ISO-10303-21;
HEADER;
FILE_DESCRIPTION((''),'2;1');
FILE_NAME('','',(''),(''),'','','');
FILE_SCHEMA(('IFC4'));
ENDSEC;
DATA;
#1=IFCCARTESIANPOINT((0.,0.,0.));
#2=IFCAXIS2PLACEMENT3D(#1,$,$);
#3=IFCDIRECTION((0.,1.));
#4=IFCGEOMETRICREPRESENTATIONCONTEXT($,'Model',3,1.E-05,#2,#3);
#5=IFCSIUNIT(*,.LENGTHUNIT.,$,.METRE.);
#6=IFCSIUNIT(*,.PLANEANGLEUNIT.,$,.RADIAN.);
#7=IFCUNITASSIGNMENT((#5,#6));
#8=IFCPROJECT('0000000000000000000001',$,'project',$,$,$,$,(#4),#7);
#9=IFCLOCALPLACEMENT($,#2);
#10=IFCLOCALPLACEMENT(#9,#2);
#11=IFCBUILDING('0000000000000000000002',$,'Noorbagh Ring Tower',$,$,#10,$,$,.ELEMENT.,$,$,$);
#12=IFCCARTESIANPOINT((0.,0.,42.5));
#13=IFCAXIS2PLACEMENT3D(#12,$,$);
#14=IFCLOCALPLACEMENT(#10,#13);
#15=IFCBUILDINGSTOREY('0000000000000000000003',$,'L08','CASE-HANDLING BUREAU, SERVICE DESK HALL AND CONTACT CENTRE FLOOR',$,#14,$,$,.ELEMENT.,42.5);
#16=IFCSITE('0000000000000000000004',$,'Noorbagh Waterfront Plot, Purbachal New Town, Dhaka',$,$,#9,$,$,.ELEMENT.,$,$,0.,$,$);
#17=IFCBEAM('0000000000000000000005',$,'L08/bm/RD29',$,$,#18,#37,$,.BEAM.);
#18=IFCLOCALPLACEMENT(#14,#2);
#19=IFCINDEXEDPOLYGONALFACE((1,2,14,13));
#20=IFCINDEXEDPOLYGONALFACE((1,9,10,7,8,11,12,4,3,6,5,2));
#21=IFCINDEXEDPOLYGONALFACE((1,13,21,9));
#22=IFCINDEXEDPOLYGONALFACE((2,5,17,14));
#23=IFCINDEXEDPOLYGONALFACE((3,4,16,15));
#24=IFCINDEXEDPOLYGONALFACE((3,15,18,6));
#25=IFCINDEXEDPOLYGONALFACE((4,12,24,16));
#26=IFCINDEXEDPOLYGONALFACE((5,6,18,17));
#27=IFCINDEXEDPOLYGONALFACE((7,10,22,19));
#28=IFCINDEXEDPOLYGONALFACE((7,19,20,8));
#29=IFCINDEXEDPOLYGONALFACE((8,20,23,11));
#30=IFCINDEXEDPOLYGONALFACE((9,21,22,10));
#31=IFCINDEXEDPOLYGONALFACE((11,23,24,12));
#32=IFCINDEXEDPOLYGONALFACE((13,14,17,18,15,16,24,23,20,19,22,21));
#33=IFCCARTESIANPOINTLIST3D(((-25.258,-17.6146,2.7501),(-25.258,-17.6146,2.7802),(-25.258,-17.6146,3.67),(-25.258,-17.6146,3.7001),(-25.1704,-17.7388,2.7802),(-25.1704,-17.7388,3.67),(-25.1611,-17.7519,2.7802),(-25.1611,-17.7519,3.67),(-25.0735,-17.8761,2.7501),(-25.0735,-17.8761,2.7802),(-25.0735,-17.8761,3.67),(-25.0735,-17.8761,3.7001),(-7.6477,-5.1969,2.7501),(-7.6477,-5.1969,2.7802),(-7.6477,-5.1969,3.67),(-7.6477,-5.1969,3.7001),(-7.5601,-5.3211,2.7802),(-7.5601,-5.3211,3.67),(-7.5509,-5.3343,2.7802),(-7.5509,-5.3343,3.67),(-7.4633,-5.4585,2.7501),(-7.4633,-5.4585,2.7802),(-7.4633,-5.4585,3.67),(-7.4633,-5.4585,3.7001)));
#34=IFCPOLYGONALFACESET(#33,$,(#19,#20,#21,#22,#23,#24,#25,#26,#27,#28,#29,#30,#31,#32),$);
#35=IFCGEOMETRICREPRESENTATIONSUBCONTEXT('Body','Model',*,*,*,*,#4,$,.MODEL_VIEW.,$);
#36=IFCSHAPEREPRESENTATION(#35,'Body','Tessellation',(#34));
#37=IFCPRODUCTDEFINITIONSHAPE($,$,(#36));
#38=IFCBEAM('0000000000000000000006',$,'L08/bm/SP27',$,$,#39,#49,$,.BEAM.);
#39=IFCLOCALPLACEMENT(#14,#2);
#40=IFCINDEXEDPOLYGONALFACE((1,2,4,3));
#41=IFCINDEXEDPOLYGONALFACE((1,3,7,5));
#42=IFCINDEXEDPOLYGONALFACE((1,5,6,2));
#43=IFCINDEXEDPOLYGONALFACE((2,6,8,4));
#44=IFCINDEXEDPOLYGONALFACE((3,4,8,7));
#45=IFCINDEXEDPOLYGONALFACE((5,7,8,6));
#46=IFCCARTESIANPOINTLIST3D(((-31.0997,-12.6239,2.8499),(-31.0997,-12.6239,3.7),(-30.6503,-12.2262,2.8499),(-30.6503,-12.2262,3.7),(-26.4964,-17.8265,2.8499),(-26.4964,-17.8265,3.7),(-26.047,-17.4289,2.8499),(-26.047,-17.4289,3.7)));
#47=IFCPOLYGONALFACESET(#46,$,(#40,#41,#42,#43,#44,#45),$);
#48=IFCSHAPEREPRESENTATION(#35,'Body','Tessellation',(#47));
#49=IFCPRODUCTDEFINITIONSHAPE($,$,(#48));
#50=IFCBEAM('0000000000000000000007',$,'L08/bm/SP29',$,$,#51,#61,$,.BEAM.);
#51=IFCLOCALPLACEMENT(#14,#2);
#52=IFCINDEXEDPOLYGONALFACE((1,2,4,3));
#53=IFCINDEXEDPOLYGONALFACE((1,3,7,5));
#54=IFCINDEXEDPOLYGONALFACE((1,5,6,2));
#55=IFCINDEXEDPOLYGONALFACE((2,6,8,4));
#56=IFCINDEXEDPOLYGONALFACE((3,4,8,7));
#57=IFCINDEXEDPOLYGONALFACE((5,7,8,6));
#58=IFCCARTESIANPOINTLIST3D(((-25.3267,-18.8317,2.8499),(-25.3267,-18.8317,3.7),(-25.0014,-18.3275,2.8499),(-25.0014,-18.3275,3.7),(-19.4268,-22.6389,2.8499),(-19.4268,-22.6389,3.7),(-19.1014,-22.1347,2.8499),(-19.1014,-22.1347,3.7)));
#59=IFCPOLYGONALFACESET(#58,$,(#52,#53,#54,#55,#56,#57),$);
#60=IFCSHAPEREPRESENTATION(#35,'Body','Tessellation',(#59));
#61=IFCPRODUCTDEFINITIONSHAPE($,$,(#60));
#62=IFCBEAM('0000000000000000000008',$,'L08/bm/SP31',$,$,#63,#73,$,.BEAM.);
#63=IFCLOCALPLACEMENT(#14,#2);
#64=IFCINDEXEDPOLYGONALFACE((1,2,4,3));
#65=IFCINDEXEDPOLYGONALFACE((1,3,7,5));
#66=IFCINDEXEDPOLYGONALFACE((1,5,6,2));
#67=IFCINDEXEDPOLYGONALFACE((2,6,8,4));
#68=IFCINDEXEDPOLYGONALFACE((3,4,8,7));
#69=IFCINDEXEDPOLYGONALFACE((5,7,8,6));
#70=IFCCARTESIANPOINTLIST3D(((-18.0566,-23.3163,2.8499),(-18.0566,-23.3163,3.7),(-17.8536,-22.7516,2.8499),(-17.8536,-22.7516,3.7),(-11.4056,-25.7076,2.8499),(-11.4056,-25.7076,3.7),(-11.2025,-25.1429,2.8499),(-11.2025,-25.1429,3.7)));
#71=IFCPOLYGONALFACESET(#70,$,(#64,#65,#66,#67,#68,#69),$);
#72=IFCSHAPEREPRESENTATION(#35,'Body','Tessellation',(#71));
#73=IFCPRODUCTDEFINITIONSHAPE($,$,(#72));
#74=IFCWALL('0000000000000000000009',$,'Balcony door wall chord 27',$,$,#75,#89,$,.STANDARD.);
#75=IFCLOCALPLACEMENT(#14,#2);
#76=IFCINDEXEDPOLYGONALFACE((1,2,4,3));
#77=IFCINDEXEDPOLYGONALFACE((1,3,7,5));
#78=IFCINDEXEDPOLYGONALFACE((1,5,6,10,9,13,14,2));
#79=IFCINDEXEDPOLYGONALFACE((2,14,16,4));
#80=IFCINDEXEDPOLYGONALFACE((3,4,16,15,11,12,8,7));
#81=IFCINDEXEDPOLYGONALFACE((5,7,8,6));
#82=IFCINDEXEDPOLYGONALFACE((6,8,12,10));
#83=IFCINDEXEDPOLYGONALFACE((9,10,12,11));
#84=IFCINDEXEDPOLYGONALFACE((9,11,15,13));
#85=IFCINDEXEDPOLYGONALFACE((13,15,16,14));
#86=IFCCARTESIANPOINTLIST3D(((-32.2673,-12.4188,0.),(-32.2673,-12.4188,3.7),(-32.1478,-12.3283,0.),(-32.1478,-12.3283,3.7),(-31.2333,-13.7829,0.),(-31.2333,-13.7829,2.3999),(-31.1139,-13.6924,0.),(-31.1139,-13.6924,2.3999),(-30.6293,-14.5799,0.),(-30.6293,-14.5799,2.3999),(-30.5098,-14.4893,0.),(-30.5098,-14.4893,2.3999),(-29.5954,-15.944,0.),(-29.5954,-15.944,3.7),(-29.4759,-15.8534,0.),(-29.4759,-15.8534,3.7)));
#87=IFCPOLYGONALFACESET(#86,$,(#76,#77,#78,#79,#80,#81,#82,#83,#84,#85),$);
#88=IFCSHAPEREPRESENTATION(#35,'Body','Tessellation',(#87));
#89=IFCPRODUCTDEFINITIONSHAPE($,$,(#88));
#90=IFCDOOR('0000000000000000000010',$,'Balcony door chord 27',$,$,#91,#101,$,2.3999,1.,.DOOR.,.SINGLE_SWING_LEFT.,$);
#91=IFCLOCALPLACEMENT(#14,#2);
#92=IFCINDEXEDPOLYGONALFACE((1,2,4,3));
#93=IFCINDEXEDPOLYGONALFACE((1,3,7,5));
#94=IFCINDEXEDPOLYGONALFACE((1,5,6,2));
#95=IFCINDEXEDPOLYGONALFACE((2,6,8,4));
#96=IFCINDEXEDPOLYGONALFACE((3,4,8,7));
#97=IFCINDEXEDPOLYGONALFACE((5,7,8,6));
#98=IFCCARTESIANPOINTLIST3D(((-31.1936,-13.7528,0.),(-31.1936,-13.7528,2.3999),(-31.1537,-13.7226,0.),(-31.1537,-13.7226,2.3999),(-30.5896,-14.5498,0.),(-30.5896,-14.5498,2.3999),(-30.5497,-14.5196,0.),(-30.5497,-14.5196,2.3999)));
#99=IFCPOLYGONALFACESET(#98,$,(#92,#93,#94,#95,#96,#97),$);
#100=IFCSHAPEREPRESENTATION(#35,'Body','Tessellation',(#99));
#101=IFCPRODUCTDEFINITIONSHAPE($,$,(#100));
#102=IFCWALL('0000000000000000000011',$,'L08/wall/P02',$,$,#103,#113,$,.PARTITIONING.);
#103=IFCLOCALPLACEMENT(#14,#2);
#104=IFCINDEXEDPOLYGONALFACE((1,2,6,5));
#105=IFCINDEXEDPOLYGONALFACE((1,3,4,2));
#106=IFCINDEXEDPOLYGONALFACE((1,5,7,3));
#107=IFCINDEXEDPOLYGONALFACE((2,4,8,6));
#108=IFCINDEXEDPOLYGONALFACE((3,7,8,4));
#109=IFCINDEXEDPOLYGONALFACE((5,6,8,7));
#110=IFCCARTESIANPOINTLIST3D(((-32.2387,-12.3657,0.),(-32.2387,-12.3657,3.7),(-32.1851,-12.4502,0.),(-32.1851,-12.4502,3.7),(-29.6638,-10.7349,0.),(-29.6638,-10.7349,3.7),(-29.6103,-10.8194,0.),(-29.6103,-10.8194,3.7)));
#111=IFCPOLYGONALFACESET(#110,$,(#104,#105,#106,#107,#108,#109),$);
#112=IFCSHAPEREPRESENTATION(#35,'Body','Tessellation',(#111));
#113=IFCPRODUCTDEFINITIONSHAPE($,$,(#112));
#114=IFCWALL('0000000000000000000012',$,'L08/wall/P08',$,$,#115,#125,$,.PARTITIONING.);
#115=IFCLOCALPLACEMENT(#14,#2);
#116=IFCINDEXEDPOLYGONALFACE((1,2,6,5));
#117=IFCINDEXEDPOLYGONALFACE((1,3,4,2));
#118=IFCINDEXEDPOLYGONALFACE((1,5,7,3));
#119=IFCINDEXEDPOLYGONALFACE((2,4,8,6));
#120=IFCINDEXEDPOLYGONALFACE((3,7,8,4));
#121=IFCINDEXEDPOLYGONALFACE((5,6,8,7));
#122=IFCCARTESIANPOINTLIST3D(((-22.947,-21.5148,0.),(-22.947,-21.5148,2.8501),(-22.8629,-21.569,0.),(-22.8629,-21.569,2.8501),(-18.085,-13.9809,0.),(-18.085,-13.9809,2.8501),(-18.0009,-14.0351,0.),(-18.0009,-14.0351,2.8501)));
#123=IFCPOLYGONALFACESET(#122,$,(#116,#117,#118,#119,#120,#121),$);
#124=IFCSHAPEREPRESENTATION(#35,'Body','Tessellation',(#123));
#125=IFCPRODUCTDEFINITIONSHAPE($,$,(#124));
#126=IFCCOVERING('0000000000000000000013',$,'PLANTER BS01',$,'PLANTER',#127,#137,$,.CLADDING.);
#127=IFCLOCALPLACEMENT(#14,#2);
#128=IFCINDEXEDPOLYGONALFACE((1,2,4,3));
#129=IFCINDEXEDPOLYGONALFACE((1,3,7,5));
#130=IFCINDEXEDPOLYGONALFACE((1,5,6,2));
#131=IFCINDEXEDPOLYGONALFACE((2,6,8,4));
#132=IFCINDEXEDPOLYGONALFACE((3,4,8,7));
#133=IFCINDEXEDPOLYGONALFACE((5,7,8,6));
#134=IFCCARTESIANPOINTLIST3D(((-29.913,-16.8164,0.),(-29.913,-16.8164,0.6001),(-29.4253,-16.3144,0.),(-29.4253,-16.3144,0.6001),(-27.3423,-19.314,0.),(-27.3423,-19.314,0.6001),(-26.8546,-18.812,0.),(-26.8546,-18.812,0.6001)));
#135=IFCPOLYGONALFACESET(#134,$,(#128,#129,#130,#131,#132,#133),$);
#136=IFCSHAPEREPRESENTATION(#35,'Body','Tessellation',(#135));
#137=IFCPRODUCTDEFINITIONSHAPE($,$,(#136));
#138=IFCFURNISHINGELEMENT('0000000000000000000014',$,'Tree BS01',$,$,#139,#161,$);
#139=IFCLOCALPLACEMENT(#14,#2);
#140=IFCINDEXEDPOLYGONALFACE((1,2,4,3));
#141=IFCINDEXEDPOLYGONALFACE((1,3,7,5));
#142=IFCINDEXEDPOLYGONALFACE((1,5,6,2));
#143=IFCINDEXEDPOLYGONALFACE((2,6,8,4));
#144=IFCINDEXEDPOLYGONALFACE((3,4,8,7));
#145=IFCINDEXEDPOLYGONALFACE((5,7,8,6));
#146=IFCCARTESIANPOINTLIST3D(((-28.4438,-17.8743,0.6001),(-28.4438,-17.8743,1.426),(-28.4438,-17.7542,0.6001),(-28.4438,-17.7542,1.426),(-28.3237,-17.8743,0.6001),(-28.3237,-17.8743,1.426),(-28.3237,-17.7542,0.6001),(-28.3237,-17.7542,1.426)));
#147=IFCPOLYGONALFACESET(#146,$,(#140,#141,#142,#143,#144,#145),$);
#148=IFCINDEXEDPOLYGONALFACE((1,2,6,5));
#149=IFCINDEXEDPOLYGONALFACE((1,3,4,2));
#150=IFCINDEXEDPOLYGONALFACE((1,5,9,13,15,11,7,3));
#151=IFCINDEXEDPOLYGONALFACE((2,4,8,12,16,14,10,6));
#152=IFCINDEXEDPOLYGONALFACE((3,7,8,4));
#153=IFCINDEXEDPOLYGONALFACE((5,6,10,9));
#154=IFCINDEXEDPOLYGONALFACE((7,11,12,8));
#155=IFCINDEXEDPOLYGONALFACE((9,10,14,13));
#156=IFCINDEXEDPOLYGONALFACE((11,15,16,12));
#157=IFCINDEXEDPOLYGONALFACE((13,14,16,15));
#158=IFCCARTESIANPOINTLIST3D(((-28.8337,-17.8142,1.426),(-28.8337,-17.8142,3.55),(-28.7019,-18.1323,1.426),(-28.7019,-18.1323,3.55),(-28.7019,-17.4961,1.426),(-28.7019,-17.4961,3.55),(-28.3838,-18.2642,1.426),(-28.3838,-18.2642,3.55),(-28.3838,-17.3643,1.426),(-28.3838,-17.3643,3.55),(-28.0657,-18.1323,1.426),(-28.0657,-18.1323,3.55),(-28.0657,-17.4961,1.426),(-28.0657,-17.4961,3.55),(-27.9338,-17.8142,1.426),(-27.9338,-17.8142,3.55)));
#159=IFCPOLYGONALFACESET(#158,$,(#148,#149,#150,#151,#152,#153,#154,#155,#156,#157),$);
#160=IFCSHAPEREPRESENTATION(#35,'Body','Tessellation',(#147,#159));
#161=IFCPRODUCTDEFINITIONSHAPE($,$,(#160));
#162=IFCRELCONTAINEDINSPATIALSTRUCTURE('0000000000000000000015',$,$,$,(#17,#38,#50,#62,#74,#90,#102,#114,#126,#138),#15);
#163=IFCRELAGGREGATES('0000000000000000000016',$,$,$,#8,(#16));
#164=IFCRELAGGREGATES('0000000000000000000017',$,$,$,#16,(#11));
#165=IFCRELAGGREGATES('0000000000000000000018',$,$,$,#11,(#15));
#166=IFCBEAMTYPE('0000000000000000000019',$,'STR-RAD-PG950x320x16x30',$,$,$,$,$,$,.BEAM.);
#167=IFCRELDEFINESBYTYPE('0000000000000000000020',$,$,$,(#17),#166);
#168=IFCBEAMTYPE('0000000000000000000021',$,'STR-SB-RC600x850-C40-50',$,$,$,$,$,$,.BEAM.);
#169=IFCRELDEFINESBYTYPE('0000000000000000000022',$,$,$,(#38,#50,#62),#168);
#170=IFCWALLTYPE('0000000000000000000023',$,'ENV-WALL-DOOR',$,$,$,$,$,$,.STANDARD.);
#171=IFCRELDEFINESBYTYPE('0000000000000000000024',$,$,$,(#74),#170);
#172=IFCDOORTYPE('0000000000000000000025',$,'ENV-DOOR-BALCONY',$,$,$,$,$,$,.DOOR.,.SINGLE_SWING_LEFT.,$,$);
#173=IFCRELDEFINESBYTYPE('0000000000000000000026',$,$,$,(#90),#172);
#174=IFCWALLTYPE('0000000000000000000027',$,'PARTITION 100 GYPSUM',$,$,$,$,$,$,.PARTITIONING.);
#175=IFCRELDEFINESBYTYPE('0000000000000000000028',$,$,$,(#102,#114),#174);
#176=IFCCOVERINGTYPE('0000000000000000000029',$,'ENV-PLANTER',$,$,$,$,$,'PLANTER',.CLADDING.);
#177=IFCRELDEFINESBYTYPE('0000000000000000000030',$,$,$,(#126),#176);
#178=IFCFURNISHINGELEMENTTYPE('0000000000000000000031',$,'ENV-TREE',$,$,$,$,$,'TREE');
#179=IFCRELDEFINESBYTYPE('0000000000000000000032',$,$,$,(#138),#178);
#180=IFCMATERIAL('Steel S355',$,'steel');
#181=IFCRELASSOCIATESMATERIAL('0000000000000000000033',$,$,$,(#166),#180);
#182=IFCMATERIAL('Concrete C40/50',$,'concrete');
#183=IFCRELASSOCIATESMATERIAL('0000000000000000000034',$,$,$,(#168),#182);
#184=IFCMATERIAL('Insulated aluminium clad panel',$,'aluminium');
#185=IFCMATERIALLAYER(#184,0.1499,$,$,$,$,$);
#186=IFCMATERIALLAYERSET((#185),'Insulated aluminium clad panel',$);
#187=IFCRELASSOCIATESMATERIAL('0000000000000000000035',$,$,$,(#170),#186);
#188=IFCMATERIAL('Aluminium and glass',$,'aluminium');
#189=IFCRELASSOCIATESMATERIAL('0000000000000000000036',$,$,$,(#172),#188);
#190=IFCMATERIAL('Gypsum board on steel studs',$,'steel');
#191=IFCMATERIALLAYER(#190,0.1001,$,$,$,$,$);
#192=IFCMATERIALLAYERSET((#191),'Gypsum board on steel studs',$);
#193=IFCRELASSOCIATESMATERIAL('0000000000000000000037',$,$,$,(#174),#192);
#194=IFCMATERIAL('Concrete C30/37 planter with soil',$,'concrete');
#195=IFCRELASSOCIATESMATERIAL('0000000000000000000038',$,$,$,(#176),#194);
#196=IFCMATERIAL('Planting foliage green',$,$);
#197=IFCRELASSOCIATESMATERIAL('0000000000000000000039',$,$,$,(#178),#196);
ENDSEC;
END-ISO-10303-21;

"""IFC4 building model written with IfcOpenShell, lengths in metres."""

from ifc_helpers import new_model, si_unit, direction, frame, frame_2d, origin, origin_2d, place, context, subcontext, project, spatial, polyline, rectangle, i_section, outline, extrude, material, layer, layer_set, material_profile, profile_set, type_object, element, fill, save


model = new_model("IFC4")

# Units and contexts
model_context = context("Model", 3, precision=1e-05, world=origin(), true_north=direction((0.0, 1.0)))
body_context = subcontext(model_context, "Body", "Model", "MODEL_VIEW")
ifc_project = project(units=[si_unit("LENGTHUNIT", "METRE"), si_unit("PLANEANGLEUNIT", "RADIAN")], contexts=[model_context])

# Site, building, storey
site_placement = place(None, origin())
site = spatial("IfcSite", under=ifc_project, at=site_placement, Name="Noorbagh Waterfront Plot, Purbachal New Town, Dhaka", CompositionType="ELEMENT", RefElevation=0.0)
building_placement = place(site_placement, origin())
building = spatial("IfcBuilding", under=site, at=building_placement, Name="Noorbagh Ring Tower", CompositionType="ELEMENT")
storey_placement = place(building_placement, frame((0.0, 0.0, 42.5)))
storey = spatial("IfcBuildingStorey", under=building, at=storey_placement, Name="L08", Description="CASE-HANDLING BUREAU, SERVICE DESK HALL AND CONTACT CENTRE FLOOR", CompositionType="ELEMENT", Elevation=42.5)

# Beams
ifc_material_1 = material(Name="Steel S355", Category="steel")
ifc_material_profile_1 = material_profile(ifc_material_1, i_section(OverallWidth=0.3201, OverallDepth=0.95, WebThickness=0.0161, FlangeThickness=0.03, at=origin_2d()), Name="PG950x320x16x30")
ifc_profile_set_1 = profile_set([ifc_material_profile_1], Name="Steel S355")
beam_type_1 = type_object("IfcBeamType", Name="STR-RAD-PG950x320x16x30", PredefinedType="BEAM", material=ifc_profile_set_1)
beam_1_placement = place(storey_placement, frame((-25.1658, -17.7454, 3.2251), z_axis=(0.817254, 0.576277, 0.0), x_axis=(-0.576277, 0.817254, 0.0)))
element("IfcBeam", 1, at=beam_1_placement, inside=storey, type_object=beam_type_1, Name="L08/bm/RD29", PredefinedType="BEAM", context=body_context, shape_type="SweptSolid", body=[
    extrude(i_section(OverallWidth=0.3201, OverallDepth=0.95, WebThickness=0.0161, FlangeThickness=0.03, at=origin_2d()), origin(), (0.0, 0.0, 1.0), 21.5481),
])
ifc_material_2 = material(Name="Concrete C40/50", Category="concrete")
ifc_material_profile_2 = material_profile(ifc_material_2, rectangle(XDim=0.6001, YDim=0.8501, at=origin_2d()), Name="RC600x850")
ifc_profile_set_2 = profile_set([ifc_material_profile_2], Name="Concrete C40/50")
beam_type_2 = type_object("IfcBeamType", Name="STR-SB-RC600x850-C40-50", PredefinedType="BEAM", material=ifc_profile_set_2)
beam_2_placement = place(storey_placement, frame((-30.875, -12.425, 3.2749), z_axis=(0.66265, -0.748929, 0.0), x_axis=(0.748929, 0.66265, 0.0)))
element("IfcBeam", 2, at=beam_2_placement, inside=storey, type_object=beam_type_2, Name="L08/bm/SP27", PredefinedType="BEAM", context=body_context, shape_type="SweptSolid", body=[
    extrude(rectangle(XDim=0.6001, YDim=0.8501, at=origin_2d()), origin(), (0.0, 0.0, 1.0), 6.9468),
])
beam_3_placement = place(storey_placement, frame((-25.1641, -18.5796, 3.2749), z_axis=(0.840249, -0.542201, 0.0), x_axis=(0.542201, 0.840249, 0.0)))
element("IfcBeam", 3, at=beam_3_placement, inside=storey, type_object=beam_type_2, Name="L08/bm/SP29", PredefinedType="BEAM", context=body_context, shape_type="SweptSolid", body=[
    extrude(rectangle(XDim=0.6001, YDim=0.8501, at=origin_2d()), origin(), (0.0, 0.0, 1.0), 7.0217),
])
beam_4_placement = place(storey_placement, frame((-17.9551, -23.0339, 3.2749), z_axis=(0.941025, -0.338338, 0.0), x_axis=(0.338338, 0.941025, 0.0)))
element("IfcBeam", 4, at=beam_4_placement, inside=storey, type_object=beam_type_2, Name="L08/bm/SP31", PredefinedType="BEAM", context=body_context, shape_type="SweptSolid", body=[
    extrude(rectangle(XDim=0.6001, YDim=0.8501, at=origin_2d()), origin(), (0.0, 0.0, 1.0), 7.0679),
])

# Wall, opening, door
ifc_material_3 = material(Name="Insulated aluminium clad panel", Category="aluminium")
ifc_layer_1 = layer(ifc_material_3, 0.1499)
ifc_layer_set_1 = layer_set([ifc_layer_1], Name="Insulated aluminium clad panel")
wall_type_1 = type_object("IfcWallType", Name="ENV-WALL-DOOR", PredefinedType="STANDARD", material=ifc_layer_set_1)
wall_1_placement = place(storey_placement, frame((-32.2075, -12.3735, 0.0), z_axis=(0.0, 0.0, 1.0), x_axis=(0.604046, -0.79695, 0.0)))
wall_1 = element("IfcWall", 5, at=wall_1_placement, inside=storey, type_object=wall_type_1, Name="Balcony door wall chord 27", PredefinedType="STANDARD", context=body_context, shape_type="SweptSolid", body=[
    extrude(rectangle(XDim=4.4233, YDim=0.1499, at=frame_2d((2.2117, 0.0))), origin(), (0.0, 0.0, 1.0), 3.7),
])
opening_placement = place(wall_1_placement, frame((1.7117, 0.0, 0.0)))
opening = element("IfcOpeningElement", 6, at=opening_placement, cuts=wall_1, PredefinedType="OPENING", context=body_context, shape_type="SweptSolid", body=[
    extrude(rectangle(XDim=1.0, YDim=2.3999, at=frame_2d((0.5, 1.2))), frame((0.0, 0.085, 0.0), z_axis=(0.0, -1.0, 0.0), x_axis=(1.0, 0.0, 0.0)), (0.0, 0.0, 1.0), 0.1699),
])
ifc_material_4 = material(Name="Aluminium and glass", Category="aluminium")
door_type = type_object("IfcDoorType", Name="ENV-DOOR-BALCONY", OperationType="SINGLE_SWING_LEFT", PredefinedType="DOOR", material=ifc_material_4)
door_placement = place(opening_placement, origin())
door = element("IfcDoor", 7, at=door_placement, inside=storey, type_object=door_type, Name="Balcony door chord 27", OperationType="SINGLE_SWING_LEFT", OverallHeight=2.3999, OverallWidth=1.0, PredefinedType="DOOR", context=body_context, shape_type="SweptSolid", body=[
    extrude(rectangle(XDim=1.0, YDim=2.3999, at=frame_2d((0.5, 1.2))), frame((0.0, 0.0249, 0.0), z_axis=(0.0, -1.0, 0.0), x_axis=(1.0, 0.0, 0.0)), (0.0, 0.0, 1.0), 0.05),
])
fill(opening, door)

# Walls
ifc_material_5 = material(Name="Gypsum board on steel studs", Category="steel")
ifc_layer_2 = layer(ifc_material_5, 0.1001)
ifc_layer_set_2 = layer_set([ifc_layer_2], Name="Gypsum board on steel studs")
wall_type_2 = type_object("IfcWallType", Name="PARTITION 100 GYPSUM", PredefinedType="PARTITIONING", material=ifc_layer_set_2)
wall_2_placement = place(storey_placement, frame((-32.2119, -12.408, 0.0), z_axis=(0.0, 0.0, 1.0), x_axis=(0.844811, 0.535065, 0.0)))
element("IfcWall", 8, at=wall_2_placement, inside=storey, type_object=wall_type_2, Name="L08/wall/P02", PredefinedType="PARTITIONING", context=body_context, shape_type="SweptSolid", body=[
    extrude(rectangle(XDim=3.0479, YDim=0.1001, at=frame_2d((1.5239, 0.0))), origin(), (0.0, 0.0, 1.0), 3.7),
])
wall_3_placement = place(storey_placement, frame((-22.905, -21.542, 0.0), z_axis=(0.0, 0.0, 1.0), x_axis=(0.542242, 0.840223, 0.0)))
element("IfcWall", 9, at=wall_3_placement, inside=storey, type_object=wall_type_2, Name="L08/wall/P08", PredefinedType="PARTITIONING", context=body_context, shape_type="SweptSolid", body=[
    extrude(rectangle(XDim=8.9666, YDim=0.1001, at=frame_2d((4.4834, 0.0))), origin(), (0.0, 0.0, 1.0), 2.8501),
])

# Covering
ifc_material_6 = material(Name="Concrete C30/37 planter with soil", Category="concrete")
covering_type = type_object("IfcCoveringType", Name="ENV-PLANTER", ElementType="PLANTER", PredefinedType="CLADDING", material=ifc_material_6)
covering_placement = place(storey_placement, frame((-28.3838, -17.8142, 0.0), z_axis=(0.0, 0.0, 1.0), x_axis=(0.717225, -0.696842, 0.0)))
element("IfcCovering", 10, at=covering_placement, inside=storey, type_object=covering_type, Name="PLANTER BS01", ObjectType="PLANTER", PredefinedType="CLADDING", context=body_context, shape_type="SweptSolid", body=[
    extrude(rectangle(XDim=3.5842, YDim=0.7, at=origin_2d()), origin(), (0.0, 0.0, 1.0), 0.6001),
])

# Furnishing element
ifc_material_7 = material(Name="Planting foliage green")
furnishing_element_type = type_object("IfcFurnishingElementType", Name="ENV-TREE", ElementType="TREE", material=ifc_material_7)
furnishing_placement = place(storey_placement, frame((-28.3838, -17.8142, 0.6001), z_axis=(0.0, 0.0, 1.0), x_axis=(1.0, 0.0, 0.0)))
element("IfcFurnishingElement", 11, at=furnishing_placement, inside=storey, type_object=furnishing_element_type, Name="Tree BS01", context=body_context, shape_type="SweptSolid", body=[
    extrude(rectangle(XDim=0.1201, YDim=0.1201, at=origin_2d()), origin(), (0.0, 0.0, 1.0), 0.8259),
    extrude(outline(polyline([(0.45, 0.0), (0.3181, 0.3181), (0.0, 0.45), (-0.3181, 0.3181), (-0.45, 0.0), (-0.3181, -0.3181), (0.0, -0.45), (0.3181, -0.3181), (0.45, 0.0)])), frame((0.0, 0.0, 0.8259)), (0.0, 0.0, 1.0), 2.124),
])

save(model, "model.ifc")
